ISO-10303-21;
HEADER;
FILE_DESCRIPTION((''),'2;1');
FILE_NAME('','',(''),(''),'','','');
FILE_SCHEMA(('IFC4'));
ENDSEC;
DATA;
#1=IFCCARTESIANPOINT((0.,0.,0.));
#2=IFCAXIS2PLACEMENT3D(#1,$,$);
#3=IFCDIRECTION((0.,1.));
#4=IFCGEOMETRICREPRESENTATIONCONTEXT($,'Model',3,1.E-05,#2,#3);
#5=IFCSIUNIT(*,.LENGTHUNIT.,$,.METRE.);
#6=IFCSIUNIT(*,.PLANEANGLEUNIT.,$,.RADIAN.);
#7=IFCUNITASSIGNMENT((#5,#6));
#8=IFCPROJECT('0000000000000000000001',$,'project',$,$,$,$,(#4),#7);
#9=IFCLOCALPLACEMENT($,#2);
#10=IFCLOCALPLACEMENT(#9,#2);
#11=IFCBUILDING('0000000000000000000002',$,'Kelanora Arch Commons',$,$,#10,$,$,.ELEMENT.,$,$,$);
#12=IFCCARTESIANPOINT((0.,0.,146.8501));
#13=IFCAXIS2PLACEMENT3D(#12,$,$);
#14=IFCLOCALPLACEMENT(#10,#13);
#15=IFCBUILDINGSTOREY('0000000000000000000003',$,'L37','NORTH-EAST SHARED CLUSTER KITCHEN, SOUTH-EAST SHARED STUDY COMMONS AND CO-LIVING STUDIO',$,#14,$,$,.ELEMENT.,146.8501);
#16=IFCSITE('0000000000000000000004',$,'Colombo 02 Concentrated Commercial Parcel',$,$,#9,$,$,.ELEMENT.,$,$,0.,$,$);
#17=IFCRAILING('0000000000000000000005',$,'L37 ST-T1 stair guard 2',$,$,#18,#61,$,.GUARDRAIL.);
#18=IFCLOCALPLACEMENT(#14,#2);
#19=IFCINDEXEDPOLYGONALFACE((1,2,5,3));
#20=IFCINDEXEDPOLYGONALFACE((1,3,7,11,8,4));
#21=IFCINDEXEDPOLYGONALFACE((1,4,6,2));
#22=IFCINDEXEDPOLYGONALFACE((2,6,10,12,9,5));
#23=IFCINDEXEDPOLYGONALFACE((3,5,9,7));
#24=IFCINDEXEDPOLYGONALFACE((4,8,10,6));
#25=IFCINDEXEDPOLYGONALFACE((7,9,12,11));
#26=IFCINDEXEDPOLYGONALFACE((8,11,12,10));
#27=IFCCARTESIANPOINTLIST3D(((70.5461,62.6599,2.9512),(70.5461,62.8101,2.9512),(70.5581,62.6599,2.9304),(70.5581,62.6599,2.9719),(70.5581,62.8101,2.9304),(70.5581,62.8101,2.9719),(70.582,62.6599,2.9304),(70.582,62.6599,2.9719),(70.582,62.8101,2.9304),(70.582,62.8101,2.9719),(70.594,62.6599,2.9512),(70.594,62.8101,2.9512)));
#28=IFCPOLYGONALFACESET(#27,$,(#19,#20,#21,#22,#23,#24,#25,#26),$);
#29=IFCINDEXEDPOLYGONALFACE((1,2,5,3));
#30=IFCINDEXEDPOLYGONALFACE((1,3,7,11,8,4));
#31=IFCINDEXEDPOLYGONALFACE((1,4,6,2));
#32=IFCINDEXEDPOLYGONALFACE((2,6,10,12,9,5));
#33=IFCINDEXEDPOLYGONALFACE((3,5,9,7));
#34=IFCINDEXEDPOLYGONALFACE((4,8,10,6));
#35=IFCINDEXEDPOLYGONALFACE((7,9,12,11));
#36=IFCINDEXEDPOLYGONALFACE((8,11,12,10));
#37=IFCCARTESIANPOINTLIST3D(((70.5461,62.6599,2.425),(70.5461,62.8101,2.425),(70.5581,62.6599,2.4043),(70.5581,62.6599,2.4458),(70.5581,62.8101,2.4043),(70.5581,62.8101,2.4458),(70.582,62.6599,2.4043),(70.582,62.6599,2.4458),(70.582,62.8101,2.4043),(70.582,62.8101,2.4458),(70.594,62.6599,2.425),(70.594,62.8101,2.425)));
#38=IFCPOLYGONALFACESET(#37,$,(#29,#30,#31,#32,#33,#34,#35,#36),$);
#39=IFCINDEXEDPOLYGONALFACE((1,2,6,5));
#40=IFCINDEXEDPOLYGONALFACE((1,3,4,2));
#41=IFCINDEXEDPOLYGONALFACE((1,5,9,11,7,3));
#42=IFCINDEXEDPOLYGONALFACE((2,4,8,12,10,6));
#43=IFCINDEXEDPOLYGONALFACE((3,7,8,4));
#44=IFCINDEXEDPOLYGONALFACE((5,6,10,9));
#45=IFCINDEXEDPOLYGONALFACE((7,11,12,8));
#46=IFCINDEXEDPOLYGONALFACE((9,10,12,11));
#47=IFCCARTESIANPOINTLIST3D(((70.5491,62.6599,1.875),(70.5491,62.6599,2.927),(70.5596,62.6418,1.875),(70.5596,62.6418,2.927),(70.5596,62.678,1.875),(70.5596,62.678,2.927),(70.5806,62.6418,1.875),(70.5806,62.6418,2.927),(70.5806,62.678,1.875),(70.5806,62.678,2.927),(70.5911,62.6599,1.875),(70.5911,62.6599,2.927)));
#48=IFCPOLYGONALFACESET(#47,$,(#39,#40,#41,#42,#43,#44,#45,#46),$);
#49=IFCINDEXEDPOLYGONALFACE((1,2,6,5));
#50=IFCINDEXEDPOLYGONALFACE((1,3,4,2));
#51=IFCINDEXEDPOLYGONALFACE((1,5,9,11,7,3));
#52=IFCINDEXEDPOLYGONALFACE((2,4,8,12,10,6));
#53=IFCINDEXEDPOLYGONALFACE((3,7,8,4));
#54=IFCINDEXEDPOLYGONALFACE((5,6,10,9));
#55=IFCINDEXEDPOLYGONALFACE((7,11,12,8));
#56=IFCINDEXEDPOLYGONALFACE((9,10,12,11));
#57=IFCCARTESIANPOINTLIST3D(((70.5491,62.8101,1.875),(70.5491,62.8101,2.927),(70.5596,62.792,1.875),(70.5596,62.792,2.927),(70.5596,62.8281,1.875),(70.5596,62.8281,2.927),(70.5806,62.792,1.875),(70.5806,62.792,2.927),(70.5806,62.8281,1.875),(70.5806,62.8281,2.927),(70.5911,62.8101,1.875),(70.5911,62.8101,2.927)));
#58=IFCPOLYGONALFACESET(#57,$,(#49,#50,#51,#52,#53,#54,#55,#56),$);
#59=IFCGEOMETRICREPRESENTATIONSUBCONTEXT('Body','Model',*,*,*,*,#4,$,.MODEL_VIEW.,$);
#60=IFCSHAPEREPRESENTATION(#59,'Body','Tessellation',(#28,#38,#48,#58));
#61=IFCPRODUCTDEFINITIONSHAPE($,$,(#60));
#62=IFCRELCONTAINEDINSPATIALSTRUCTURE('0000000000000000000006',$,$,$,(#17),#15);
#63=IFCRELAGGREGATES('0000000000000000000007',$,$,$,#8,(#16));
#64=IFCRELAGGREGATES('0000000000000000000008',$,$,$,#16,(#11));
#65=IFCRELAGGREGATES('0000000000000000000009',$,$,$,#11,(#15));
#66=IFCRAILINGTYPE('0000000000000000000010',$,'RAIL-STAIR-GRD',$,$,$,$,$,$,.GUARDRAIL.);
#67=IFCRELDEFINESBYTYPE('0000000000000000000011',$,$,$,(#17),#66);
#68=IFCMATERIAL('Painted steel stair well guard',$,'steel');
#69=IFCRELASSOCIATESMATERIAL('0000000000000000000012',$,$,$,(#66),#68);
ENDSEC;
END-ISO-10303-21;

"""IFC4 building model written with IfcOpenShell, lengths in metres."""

from ifc_helpers import new_model, si_unit, direction, frame, origin, place, context, subcontext, project, spatial, polyline, outline, extrude, material, type_object, element, save


model = new_model("IFC4")

# Units and contexts
model_context = context("Model", 3, precision=1e-05, world=origin(), true_north=direction((0.0, 1.0)))
body_context = subcontext(model_context, "Body", "Model", "MODEL_VIEW")
ifc_project = project(units=[si_unit("LENGTHUNIT", "METRE"), si_unit("PLANEANGLEUNIT", "RADIAN")], contexts=[model_context])

# Site, building, storey
site_placement = place(None, origin())
site = spatial("IfcSite", under=ifc_project, at=site_placement, Name="Colombo 02 Concentrated Commercial Parcel", CompositionType="ELEMENT", RefElevation=0.0)
building_placement = place(site_placement, origin())
building = spatial("IfcBuilding", under=site, at=building_placement, Name="Kelanora Arch Commons", CompositionType="ELEMENT")
storey_placement = place(building_placement, frame((0.0, 0.0, 146.8501)))
storey = spatial("IfcBuildingStorey", under=building, at=storey_placement, Name="L37", Description="NORTH-EAST SHARED CLUSTER KITCHEN, SOUTH-EAST SHARED STUDY COMMONS AND CO-LIVING STUDIO", CompositionType="ELEMENT", Elevation=146.8501)

# Railing
ifc_material_1 = material(Name="Painted steel stair well guard", Category="steel")
railing_type = type_object("IfcRailingType", Name="RAIL-STAIR-GRD", PredefinedType="GUARDRAIL", material=ifc_material_1)
railing_placement = place(storey_placement, frame((70.5701, 62.6599, 1.875)))
element("IfcRailing", 1, at=railing_placement, inside=storey, type_object=railing_type, Name="L37 ST-T1 stair guard 2", PredefinedType="GUARDRAIL", context=body_context, shape_type="SweptSolid", body=[
    extrude(outline(polyline([(0.0239, 0.0), (0.012, 0.0208), (-0.012, 0.0208), (-0.0239, 0.0), (-0.012, -0.0208), (0.012, -0.0208), (0.0239, 0.0)])), frame((0.0, 0.0, 1.0762), z_axis=(0.0, 1.0, 0.0), x_axis=(-1.0, 0.0, 0.0)), (0.0, 0.0, 1.0), 0.1501),
    extrude(outline(polyline([(0.0239, 0.0), (0.012, 0.0208), (-0.012, 0.0208), (-0.0239, 0.0), (-0.012, -0.0208), (0.012, -0.0208), (0.0239, 0.0)])), frame((0.0, 0.0, 0.55), z_axis=(0.0, 1.0, 0.0), x_axis=(-1.0, 0.0, 0.0)), (0.0, 0.0, 1.0), 0.1501),
    extrude(outline(polyline([(0.021, 0.0), (0.0105, 0.0181), (-0.0105, 0.0181), (-0.021, 0.0), (-0.0105, -0.0181), (0.0105, -0.0181), (0.021, 0.0)])), origin(), (0.0, 0.0, 1.0), 1.052),
    extrude(outline(polyline([(0.021, 0.0), (0.0105, 0.0181), (-0.0105, 0.0181), (-0.021, 0.0), (-0.0105, -0.0181), (0.0105, -0.0181), (0.021, 0.0)])), frame((0.0, 0.1501, 0.0)), (0.0, 0.0, 1.0), 1.052),
])

save(model, "model.ifc")
